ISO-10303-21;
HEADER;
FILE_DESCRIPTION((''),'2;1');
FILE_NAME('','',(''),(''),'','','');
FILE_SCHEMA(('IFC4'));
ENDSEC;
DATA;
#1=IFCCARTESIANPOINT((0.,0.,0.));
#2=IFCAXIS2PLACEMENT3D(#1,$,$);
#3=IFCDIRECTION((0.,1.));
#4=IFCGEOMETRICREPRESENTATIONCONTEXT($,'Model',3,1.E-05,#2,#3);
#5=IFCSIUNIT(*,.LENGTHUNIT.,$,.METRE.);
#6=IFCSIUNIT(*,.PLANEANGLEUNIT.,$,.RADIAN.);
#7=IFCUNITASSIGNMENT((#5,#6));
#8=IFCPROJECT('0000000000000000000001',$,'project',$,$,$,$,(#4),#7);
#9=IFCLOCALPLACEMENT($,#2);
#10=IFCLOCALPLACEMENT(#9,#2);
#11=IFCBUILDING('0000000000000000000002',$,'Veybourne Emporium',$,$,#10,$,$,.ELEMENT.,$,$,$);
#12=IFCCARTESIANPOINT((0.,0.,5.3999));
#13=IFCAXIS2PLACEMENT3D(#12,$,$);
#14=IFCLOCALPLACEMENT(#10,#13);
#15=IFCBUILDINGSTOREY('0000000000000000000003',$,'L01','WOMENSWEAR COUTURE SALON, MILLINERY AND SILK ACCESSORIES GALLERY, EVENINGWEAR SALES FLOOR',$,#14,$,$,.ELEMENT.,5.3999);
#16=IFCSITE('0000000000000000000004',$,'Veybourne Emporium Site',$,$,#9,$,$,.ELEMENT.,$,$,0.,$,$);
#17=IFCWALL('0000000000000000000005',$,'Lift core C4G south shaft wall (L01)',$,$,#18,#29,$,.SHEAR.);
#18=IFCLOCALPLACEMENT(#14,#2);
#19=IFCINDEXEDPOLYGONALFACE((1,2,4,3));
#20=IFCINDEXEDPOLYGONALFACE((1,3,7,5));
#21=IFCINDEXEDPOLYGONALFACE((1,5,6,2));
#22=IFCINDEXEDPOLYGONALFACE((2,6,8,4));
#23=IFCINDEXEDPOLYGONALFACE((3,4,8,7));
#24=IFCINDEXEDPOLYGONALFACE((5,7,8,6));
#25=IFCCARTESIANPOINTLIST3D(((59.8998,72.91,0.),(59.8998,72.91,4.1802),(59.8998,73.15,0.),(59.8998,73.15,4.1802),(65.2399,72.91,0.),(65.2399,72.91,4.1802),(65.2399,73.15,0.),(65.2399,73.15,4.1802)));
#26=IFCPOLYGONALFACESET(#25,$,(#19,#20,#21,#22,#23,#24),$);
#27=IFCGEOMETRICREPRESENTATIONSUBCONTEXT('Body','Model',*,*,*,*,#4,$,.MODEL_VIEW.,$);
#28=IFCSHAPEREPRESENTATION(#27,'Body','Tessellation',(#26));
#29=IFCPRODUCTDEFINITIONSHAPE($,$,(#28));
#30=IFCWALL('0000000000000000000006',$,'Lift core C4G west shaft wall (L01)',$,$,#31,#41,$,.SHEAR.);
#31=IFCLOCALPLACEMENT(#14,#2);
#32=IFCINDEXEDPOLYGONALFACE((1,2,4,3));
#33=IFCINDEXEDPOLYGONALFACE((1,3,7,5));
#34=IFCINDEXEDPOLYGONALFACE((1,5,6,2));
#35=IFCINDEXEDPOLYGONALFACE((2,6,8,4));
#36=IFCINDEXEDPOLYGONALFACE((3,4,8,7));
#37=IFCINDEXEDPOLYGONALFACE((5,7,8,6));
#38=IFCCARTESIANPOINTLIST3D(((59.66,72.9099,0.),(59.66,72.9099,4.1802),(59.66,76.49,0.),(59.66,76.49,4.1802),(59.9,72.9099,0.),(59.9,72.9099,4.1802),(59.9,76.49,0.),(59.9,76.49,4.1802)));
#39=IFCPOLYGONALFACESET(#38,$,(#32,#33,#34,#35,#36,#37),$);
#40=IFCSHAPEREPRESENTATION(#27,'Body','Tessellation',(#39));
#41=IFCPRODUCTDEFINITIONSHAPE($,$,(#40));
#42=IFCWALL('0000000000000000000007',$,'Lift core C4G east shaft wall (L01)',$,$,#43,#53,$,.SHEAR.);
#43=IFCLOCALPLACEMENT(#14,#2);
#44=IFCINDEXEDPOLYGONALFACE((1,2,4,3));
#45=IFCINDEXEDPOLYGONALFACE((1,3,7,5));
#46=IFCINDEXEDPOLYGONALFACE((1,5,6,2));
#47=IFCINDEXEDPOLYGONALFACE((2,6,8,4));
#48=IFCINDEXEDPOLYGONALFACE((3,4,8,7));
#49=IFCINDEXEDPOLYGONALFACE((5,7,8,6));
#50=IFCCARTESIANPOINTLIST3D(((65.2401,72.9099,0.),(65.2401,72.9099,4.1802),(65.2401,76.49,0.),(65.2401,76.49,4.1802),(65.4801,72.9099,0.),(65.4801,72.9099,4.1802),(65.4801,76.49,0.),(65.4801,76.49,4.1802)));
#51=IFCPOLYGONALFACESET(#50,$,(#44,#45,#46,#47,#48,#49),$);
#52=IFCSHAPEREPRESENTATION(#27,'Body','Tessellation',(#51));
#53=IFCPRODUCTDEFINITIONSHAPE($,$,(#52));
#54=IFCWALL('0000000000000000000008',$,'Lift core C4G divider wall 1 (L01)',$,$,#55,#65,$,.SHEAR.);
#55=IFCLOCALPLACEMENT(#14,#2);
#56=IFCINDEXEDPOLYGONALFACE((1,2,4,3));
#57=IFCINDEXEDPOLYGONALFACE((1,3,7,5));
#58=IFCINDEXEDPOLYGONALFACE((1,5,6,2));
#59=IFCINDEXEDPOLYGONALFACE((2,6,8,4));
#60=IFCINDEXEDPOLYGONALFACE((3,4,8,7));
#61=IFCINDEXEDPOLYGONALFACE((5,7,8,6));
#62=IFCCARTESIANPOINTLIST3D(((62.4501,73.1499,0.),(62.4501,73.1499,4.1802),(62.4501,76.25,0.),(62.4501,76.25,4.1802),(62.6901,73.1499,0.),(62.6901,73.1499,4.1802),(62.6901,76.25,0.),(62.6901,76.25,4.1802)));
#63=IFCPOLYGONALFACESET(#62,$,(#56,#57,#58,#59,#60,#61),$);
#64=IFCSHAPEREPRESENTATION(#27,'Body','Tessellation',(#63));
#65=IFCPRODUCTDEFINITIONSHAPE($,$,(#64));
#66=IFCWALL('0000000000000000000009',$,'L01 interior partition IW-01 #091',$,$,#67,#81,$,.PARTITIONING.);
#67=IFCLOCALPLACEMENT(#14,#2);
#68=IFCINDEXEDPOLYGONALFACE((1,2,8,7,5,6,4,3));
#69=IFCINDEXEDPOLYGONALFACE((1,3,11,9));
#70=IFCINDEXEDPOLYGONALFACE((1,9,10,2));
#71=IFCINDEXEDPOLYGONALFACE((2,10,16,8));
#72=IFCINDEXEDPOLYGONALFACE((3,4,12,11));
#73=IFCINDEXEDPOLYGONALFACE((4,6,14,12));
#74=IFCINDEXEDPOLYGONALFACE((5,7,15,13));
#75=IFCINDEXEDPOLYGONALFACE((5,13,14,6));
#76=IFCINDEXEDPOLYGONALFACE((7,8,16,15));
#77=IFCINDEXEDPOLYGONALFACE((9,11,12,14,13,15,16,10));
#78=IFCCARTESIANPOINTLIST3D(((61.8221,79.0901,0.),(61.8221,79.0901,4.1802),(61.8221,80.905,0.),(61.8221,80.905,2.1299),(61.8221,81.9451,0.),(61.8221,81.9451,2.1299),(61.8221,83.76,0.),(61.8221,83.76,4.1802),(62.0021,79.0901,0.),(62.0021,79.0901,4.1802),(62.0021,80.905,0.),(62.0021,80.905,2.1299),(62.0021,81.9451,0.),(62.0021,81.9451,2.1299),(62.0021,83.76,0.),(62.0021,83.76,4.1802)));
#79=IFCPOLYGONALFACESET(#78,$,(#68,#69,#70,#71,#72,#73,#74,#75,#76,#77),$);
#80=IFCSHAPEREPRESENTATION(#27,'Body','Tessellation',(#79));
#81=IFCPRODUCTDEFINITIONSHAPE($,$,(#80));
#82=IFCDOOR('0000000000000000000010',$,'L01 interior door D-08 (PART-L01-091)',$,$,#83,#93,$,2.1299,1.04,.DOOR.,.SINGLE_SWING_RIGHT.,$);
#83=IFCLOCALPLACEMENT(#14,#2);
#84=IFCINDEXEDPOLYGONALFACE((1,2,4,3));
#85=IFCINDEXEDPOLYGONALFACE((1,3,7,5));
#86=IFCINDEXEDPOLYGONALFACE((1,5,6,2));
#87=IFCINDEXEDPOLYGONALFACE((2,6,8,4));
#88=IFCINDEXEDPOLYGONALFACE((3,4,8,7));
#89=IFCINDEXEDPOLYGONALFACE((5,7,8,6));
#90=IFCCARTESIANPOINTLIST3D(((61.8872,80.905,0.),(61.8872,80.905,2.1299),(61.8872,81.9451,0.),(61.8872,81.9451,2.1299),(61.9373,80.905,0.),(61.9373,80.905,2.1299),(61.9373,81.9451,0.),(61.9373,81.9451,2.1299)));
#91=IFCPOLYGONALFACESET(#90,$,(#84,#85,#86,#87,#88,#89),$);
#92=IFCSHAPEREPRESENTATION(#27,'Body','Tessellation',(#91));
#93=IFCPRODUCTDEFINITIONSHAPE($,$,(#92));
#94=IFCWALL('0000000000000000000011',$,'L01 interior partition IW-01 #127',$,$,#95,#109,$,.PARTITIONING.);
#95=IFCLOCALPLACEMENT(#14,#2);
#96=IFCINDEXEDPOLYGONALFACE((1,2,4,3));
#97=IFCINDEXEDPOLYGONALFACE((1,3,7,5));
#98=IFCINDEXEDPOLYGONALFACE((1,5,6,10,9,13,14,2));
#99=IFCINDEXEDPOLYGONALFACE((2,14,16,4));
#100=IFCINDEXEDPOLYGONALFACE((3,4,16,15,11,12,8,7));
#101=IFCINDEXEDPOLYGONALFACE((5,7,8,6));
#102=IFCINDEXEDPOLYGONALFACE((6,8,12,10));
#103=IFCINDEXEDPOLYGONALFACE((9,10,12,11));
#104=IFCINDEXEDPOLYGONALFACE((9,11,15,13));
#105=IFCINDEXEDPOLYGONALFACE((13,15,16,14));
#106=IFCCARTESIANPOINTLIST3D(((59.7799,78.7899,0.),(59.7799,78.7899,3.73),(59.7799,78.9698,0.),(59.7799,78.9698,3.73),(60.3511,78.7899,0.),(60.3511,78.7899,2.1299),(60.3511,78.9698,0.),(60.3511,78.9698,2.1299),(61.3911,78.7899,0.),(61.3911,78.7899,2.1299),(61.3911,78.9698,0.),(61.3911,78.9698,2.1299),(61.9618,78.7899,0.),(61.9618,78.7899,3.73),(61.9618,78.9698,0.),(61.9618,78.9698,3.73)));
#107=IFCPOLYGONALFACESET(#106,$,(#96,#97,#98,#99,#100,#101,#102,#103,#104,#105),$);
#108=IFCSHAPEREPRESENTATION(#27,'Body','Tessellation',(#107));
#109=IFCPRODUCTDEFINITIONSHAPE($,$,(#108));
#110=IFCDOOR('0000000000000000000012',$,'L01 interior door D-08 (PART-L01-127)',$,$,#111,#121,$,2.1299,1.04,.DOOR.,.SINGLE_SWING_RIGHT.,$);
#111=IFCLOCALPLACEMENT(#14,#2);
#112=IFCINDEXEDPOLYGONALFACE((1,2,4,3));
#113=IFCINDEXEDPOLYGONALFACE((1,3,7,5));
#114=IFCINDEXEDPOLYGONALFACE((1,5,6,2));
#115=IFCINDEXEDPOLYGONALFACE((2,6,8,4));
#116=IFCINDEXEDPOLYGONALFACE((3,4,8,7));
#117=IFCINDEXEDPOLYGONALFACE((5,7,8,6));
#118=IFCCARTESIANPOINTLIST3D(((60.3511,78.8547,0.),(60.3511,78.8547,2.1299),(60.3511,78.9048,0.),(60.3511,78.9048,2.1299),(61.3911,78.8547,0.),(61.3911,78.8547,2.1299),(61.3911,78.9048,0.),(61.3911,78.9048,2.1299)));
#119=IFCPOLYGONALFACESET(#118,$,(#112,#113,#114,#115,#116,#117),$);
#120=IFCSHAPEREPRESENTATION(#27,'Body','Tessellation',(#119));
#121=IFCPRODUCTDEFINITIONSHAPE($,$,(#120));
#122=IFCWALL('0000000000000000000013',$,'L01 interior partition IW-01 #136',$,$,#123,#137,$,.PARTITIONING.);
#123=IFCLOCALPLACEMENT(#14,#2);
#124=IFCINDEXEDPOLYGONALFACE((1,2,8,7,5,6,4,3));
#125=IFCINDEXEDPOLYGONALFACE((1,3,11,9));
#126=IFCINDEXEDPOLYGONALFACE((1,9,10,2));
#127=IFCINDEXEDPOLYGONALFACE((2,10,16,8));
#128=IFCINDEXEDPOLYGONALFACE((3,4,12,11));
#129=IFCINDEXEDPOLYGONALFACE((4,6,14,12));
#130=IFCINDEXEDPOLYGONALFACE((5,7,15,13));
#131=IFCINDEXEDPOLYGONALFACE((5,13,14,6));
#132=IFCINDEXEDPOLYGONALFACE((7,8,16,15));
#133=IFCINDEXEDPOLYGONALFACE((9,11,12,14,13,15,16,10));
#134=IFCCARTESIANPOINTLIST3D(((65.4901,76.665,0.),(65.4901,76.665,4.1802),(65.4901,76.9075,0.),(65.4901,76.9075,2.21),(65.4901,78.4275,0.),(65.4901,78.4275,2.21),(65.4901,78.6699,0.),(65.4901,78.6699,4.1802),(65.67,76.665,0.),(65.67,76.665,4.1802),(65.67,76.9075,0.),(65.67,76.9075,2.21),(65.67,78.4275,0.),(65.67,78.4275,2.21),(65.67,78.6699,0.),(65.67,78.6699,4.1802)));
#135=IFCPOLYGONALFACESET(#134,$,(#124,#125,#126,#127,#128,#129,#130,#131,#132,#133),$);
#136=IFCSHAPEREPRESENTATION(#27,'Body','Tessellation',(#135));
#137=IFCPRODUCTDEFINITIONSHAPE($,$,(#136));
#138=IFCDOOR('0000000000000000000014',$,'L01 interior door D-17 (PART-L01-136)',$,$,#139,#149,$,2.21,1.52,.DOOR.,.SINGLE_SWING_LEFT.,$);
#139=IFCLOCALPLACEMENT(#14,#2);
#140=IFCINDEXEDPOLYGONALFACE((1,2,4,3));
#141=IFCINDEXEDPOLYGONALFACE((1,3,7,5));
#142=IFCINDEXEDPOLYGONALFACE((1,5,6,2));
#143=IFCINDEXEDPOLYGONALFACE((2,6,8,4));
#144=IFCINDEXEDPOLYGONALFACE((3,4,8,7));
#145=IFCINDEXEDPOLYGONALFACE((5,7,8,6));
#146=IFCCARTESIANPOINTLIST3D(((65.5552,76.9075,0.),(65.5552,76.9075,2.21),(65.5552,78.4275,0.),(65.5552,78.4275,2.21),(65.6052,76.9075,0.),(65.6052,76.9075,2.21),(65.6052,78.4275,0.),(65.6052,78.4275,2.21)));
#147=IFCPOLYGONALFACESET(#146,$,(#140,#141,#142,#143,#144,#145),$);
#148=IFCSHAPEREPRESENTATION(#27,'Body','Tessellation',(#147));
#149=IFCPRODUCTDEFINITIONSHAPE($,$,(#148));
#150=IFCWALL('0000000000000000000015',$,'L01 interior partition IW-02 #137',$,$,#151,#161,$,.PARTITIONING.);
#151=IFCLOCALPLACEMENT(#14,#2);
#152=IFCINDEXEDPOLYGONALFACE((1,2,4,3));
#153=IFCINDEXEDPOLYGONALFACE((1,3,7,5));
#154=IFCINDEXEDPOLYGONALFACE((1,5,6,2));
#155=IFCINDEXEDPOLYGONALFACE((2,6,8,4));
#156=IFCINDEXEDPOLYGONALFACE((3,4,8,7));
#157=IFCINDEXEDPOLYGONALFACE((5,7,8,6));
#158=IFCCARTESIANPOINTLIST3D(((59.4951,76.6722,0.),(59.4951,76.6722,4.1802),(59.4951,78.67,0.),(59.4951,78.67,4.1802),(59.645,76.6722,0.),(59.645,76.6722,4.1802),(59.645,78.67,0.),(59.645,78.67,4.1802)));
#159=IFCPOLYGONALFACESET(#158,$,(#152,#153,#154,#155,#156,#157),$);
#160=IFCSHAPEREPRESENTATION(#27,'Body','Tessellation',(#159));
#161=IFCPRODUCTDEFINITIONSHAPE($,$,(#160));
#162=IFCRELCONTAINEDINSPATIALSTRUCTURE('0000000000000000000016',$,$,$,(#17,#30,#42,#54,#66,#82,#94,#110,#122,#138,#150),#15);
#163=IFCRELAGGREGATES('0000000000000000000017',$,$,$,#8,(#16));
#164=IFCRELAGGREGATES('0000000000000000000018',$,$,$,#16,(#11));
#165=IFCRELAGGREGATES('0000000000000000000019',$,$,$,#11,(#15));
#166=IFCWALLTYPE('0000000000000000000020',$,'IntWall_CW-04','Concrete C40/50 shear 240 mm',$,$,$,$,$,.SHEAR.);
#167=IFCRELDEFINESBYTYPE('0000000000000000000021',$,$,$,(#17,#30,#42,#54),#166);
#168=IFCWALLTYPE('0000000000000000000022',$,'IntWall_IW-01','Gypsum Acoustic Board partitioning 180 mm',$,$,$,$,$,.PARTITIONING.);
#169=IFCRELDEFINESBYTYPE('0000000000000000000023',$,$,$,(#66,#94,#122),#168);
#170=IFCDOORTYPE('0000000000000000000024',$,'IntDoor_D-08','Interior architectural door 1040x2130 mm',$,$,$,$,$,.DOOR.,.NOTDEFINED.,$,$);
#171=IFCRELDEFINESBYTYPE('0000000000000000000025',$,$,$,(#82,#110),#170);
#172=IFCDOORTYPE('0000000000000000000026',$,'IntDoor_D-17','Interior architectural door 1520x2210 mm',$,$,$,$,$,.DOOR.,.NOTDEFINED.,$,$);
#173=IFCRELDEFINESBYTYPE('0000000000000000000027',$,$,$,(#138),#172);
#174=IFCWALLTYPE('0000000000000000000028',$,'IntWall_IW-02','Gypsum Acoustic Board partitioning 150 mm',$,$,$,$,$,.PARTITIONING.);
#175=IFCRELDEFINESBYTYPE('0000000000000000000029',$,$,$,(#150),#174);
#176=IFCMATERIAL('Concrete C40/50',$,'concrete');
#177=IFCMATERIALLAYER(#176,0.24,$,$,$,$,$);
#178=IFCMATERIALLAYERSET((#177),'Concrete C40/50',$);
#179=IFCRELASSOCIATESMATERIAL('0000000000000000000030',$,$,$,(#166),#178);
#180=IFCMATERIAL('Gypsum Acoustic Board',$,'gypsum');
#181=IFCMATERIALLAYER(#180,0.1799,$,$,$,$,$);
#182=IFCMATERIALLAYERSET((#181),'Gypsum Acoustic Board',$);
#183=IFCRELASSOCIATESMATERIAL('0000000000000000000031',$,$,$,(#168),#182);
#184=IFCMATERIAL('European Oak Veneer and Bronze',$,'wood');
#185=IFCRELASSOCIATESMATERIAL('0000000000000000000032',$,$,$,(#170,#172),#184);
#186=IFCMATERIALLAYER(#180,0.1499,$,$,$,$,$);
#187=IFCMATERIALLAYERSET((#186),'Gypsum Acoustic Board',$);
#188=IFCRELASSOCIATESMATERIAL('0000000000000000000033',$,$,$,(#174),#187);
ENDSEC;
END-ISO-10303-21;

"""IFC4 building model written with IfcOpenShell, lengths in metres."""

from ifc_helpers import new_model, si_unit, direction, frame, frame_2d, origin, place, context, subcontext, project, spatial, rectangle, extrude, material, layer, layer_set, type_object, element, fill, save


model = new_model("IFC4")

# Units and contexts
model_context = context("Model", 3, precision=1e-05, world=origin(), true_north=direction((0.0, 1.0)))
body_context = subcontext(model_context, "Body", "Model", "MODEL_VIEW")
ifc_project = project(units=[si_unit("LENGTHUNIT", "METRE"), si_unit("PLANEANGLEUNIT", "RADIAN")], contexts=[model_context])

# Site, building, storey
site_placement = place(None, origin())
site = spatial("IfcSite", under=ifc_project, at=site_placement, Name="Veybourne Emporium Site", CompositionType="ELEMENT", RefElevation=0.0)
building_placement = place(site_placement, origin())
building = spatial("IfcBuilding", under=site, at=building_placement, Name="Veybourne Emporium", CompositionType="ELEMENT")
storey_placement = place(building_placement, frame((0.0, 0.0, 5.3999)))
storey = spatial("IfcBuildingStorey", under=building, at=storey_placement, Name="L01", Description="WOMENSWEAR COUTURE SALON, MILLINERY AND SILK ACCESSORIES GALLERY, EVENINGWEAR SALES FLOOR", CompositionType="ELEMENT", Elevation=5.3999)

# Shared definitions
ifc_material_1 = material(Name="Concrete C40/50", Category="concrete")

# Shared definitions
ifc_layer_1 = layer(ifc_material_1, 0.24)
ifc_layer_set_1 = layer_set([ifc_layer_1], Name="Concrete C40/50")
wall_type_1 = type_object("IfcWallType", Name="IntWall_CW-04", Description="Concrete C40/50 shear 240 mm", PredefinedType="SHEAR", material=ifc_layer_set_1)

# Walls
wall_1_placement = place(storey_placement, frame((59.8999, 73.03, 0.0), z_axis=(0.0, 0.0, 1.0), x_axis=(1.0, 0.0, 0.0)))
element("IfcWall", 1, at=wall_1_placement, inside=storey, type_object=wall_type_1, Name="Lift core C4G south shaft wall (L01)", PredefinedType="SHEAR", context=body_context, shape_type="SweptSolid", body=[
    extrude(rectangle(XDim=5.3401, YDim=0.24, at=frame_2d((2.6699, 0.0))), origin(), (0.0, 0.0, 1.0), 4.1802),
])
for number, where, z_axis, x_axis, name in (
    (2, (59.78, 76.49, 0.0), (0.0, 0.0, 1.0), (0.0, -1.0, 0.0), "Lift core C4G west shaft wall (L01)"),
    (3, (65.3601, 72.9099, 0.0), (0.0, 0.0, 1.0), (0.0, 1.0, 0.0), "Lift core C4G east shaft wall (L01)"),
):
    element("IfcWall", number, at=place(storey_placement, frame(where, z_axis=z_axis, x_axis=x_axis)), inside=storey, type_object=wall_type_1, Name=name, PredefinedType="SHEAR", context=body_context, shape_type="SweptSolid", body=[
        extrude(rectangle(XDim=3.5801, YDim=0.24, at=frame_2d((1.79, 0.0))), origin(), (0.0, 0.0, 1.0), 4.1802),
    ])
wall_2_placement = place(storey_placement, frame((62.5701, 73.1499, 0.0), z_axis=(0.0, 0.0, 1.0), x_axis=(0.0, 1.0, 0.0)))
element("IfcWall", 4, at=wall_2_placement, inside=storey, type_object=wall_type_1, Name="Lift core C4G divider wall 1 (L01)", PredefinedType="SHEAR", context=body_context, shape_type="SweptSolid", body=[
    extrude(rectangle(XDim=3.1001, YDim=0.24, at=frame_2d((1.55, 0.0))), origin(), (0.0, 0.0, 1.0), 4.1802),
])

# Walls, openings, doors
ifc_material_2 = material(Name="Gypsum Acoustic Board", Category="gypsum")
ifc_layer_2 = layer(ifc_material_2, 0.1799)
ifc_layer_set_2 = layer_set([ifc_layer_2], Name="Gypsum Acoustic Board")
wall_type_2 = type_object("IfcWallType", Name="IntWall_IW-01", Description="Gypsum Acoustic Board partitioning 180 mm", PredefinedType="PARTITIONING", material=ifc_layer_set_2)
wall_3_placement = place(storey_placement, frame((61.9121, 79.0901, 0.0), z_axis=(0.0, 0.0, 1.0), x_axis=(0.0, 1.0, 0.0)))
wall_3 = element("IfcWall", 5, at=wall_3_placement, inside=storey, type_object=wall_type_2, Name="L01 interior partition IW-01 #091", PredefinedType="PARTITIONING", context=body_context, shape_type="SweptSolid", body=[
    extrude(rectangle(XDim=4.6699, YDim=0.1799, at=frame_2d((2.335, 0.0))), origin(), (0.0, 0.0, 1.0), 4.1802),
])
opening_1_placement = place(wall_3_placement, frame((1.8149, 0.0, 0.0)))
opening_1 = element("IfcOpeningElement", 6, at=opening_1_placement, cuts=wall_3, PredefinedType="OPENING", context=body_context, shape_type="SweptSolid", body=[
    extrude(rectangle(XDim=1.04, YDim=2.1299, at=frame_2d((0.52, 1.0649))), frame((0.0, 0.1099, 0.0), z_axis=(0.0, -1.0, 0.0), x_axis=(1.0, 0.0, 0.0)), (0.0, 0.0, 1.0), 0.22),
])
ifc_material_3 = material(Name="European Oak Veneer and Bronze", Category="wood")
door_type_1 = type_object("IfcDoorType", Name="IntDoor_D-08", Description="Interior architectural door 1040x2130 mm", OperationType="NOTDEFINED", PredefinedType="DOOR", material=ifc_material_3)
door_1_placement = place(opening_1_placement, origin())
door_1 = element("IfcDoor", 7, at=door_1_placement, inside=storey, type_object=door_type_1, Name="L01 interior door D-08 (PART-L01-091)", OperationType="SINGLE_SWING_RIGHT", OverallHeight=2.1299, OverallWidth=1.04, PredefinedType="DOOR", context=body_context, shape_type="SweptSolid", body=[
    extrude(rectangle(XDim=1.04, YDim=2.1299, at=frame_2d((0.52, 1.0649))), frame((0.0, 0.0249, 0.0), z_axis=(0.0, -1.0, 0.0), x_axis=(1.0, 0.0, 0.0)), (0.0, 0.0, 1.0), 0.05),
])
fill(opening_1, door_1)
wall_4_placement = place(storey_placement, frame((59.78, 78.8799, 0.0), z_axis=(0.0, 0.0, 1.0), x_axis=(1.0, 0.0, 0.0)))
wall_4 = element("IfcWall", 8, at=wall_4_placement, inside=storey, type_object=wall_type_2, Name="L01 interior partition IW-01 #127", PredefinedType="PARTITIONING", context=body_context, shape_type="SweptSolid", body=[
    extrude(rectangle(XDim=2.1819, YDim=0.1799, at=frame_2d((1.0908, 0.0))), origin(), (0.0, 0.0, 1.0), 3.73),
])
opening_2_placement = place(wall_4_placement, frame((0.571, 0.0, 0.0)))
opening_2 = element("IfcOpeningElement", 9, at=opening_2_placement, cuts=wall_4, PredefinedType="OPENING", context=body_context, shape_type="SweptSolid", body=[
    extrude(rectangle(XDim=1.04, YDim=2.1299, at=frame_2d((0.52, 1.0649))), frame((0.0, 0.1099, 0.0), z_axis=(0.0, -1.0, 0.0), x_axis=(1.0, 0.0, 0.0)), (0.0, 0.0, 1.0), 0.22),
])
door_2_placement = place(opening_2_placement, origin())
door_2 = element("IfcDoor", 10, at=door_2_placement, inside=storey, type_object=door_type_1, Name="L01 interior door D-08 (PART-L01-127)", OperationType="SINGLE_SWING_RIGHT", OverallHeight=2.1299, OverallWidth=1.04, PredefinedType="DOOR", context=body_context, shape_type="SweptSolid", body=[
    extrude(rectangle(XDim=1.04, YDim=2.1299, at=frame_2d((0.52, 1.0649))), frame((0.0, 0.0249, 0.0), z_axis=(0.0, -1.0, 0.0), x_axis=(1.0, 0.0, 0.0)), (0.0, 0.0, 1.0), 0.05),
])
fill(opening_2, door_2)
wall_5_placement = place(storey_placement, frame((65.5801, 76.665, 0.0), z_axis=(0.0, 0.0, 1.0), x_axis=(0.0, 1.0, 0.0)))
wall_5 = element("IfcWall", 11, at=wall_5_placement, inside=storey, type_object=wall_type_2, Name="L01 interior partition IW-01 #136", PredefinedType="PARTITIONING", context=body_context, shape_type="SweptSolid", body=[
    extrude(rectangle(XDim=2.0049, YDim=0.1799, at=frame_2d((1.0024, 0.0))), origin(), (0.0, 0.0, 1.0), 4.1802),
])
opening_3_placement = place(wall_5_placement, frame((0.2424, 0.0, 0.0)))
opening_3 = element("IfcOpeningElement", 12, at=opening_3_placement, cuts=wall_5, PredefinedType="OPENING", context=body_context, shape_type="SweptSolid", body=[
    extrude(rectangle(XDim=1.52, YDim=2.21, at=frame_2d((0.76, 1.105))), frame((0.0, 0.1099, 0.0), z_axis=(0.0, -1.0, 0.0), x_axis=(1.0, 0.0, 0.0)), (0.0, 0.0, 1.0), 0.22),
])
door_type_2 = type_object("IfcDoorType", Name="IntDoor_D-17", Description="Interior architectural door 1520x2210 mm", OperationType="NOTDEFINED", PredefinedType="DOOR", material=ifc_material_3)
door_3_placement = place(opening_3_placement, origin())
door_3 = element("IfcDoor", 13, at=door_3_placement, inside=storey, type_object=door_type_2, Name="L01 interior door D-17 (PART-L01-136)", OperationType="SINGLE_SWING_LEFT", OverallHeight=2.21, OverallWidth=1.52, PredefinedType="DOOR", context=body_context, shape_type="SweptSolid", body=[
    extrude(rectangle(XDim=1.52, YDim=2.21, at=frame_2d((0.76, 1.105))), frame((0.0, 0.0249, 0.0), z_axis=(0.0, -1.0, 0.0), x_axis=(1.0, 0.0, 0.0)), (0.0, 0.0, 1.0), 0.05),
])
fill(opening_3, door_3)

# Wall
ifc_layer_3 = layer(ifc_material_2, 0.1499)
ifc_layer_set_3 = layer_set([ifc_layer_3], Name="Gypsum Acoustic Board")
wall_type_3 = type_object("IfcWallType", Name="IntWall_IW-02", Description="Gypsum Acoustic Board partitioning 150 mm", PredefinedType="PARTITIONING", material=ifc_layer_set_3)
wall_6_placement = place(storey_placement, frame((59.5701, 76.6721, 0.0), z_axis=(0.0, 0.0, 1.0), x_axis=(0.0, 1.0, 0.0)))
element("IfcWall", 14, at=wall_6_placement, inside=storey, type_object=wall_type_3, Name="L01 interior partition IW-02 #137", PredefinedType="PARTITIONING", context=body_context, shape_type="SweptSolid", body=[
    extrude(rectangle(XDim=1.9978, YDim=0.1499, at=frame_2d((0.999, 0.0))), origin(), (0.0, 0.0, 1.0), 4.1802),
])

save(model, "model.ifc")
